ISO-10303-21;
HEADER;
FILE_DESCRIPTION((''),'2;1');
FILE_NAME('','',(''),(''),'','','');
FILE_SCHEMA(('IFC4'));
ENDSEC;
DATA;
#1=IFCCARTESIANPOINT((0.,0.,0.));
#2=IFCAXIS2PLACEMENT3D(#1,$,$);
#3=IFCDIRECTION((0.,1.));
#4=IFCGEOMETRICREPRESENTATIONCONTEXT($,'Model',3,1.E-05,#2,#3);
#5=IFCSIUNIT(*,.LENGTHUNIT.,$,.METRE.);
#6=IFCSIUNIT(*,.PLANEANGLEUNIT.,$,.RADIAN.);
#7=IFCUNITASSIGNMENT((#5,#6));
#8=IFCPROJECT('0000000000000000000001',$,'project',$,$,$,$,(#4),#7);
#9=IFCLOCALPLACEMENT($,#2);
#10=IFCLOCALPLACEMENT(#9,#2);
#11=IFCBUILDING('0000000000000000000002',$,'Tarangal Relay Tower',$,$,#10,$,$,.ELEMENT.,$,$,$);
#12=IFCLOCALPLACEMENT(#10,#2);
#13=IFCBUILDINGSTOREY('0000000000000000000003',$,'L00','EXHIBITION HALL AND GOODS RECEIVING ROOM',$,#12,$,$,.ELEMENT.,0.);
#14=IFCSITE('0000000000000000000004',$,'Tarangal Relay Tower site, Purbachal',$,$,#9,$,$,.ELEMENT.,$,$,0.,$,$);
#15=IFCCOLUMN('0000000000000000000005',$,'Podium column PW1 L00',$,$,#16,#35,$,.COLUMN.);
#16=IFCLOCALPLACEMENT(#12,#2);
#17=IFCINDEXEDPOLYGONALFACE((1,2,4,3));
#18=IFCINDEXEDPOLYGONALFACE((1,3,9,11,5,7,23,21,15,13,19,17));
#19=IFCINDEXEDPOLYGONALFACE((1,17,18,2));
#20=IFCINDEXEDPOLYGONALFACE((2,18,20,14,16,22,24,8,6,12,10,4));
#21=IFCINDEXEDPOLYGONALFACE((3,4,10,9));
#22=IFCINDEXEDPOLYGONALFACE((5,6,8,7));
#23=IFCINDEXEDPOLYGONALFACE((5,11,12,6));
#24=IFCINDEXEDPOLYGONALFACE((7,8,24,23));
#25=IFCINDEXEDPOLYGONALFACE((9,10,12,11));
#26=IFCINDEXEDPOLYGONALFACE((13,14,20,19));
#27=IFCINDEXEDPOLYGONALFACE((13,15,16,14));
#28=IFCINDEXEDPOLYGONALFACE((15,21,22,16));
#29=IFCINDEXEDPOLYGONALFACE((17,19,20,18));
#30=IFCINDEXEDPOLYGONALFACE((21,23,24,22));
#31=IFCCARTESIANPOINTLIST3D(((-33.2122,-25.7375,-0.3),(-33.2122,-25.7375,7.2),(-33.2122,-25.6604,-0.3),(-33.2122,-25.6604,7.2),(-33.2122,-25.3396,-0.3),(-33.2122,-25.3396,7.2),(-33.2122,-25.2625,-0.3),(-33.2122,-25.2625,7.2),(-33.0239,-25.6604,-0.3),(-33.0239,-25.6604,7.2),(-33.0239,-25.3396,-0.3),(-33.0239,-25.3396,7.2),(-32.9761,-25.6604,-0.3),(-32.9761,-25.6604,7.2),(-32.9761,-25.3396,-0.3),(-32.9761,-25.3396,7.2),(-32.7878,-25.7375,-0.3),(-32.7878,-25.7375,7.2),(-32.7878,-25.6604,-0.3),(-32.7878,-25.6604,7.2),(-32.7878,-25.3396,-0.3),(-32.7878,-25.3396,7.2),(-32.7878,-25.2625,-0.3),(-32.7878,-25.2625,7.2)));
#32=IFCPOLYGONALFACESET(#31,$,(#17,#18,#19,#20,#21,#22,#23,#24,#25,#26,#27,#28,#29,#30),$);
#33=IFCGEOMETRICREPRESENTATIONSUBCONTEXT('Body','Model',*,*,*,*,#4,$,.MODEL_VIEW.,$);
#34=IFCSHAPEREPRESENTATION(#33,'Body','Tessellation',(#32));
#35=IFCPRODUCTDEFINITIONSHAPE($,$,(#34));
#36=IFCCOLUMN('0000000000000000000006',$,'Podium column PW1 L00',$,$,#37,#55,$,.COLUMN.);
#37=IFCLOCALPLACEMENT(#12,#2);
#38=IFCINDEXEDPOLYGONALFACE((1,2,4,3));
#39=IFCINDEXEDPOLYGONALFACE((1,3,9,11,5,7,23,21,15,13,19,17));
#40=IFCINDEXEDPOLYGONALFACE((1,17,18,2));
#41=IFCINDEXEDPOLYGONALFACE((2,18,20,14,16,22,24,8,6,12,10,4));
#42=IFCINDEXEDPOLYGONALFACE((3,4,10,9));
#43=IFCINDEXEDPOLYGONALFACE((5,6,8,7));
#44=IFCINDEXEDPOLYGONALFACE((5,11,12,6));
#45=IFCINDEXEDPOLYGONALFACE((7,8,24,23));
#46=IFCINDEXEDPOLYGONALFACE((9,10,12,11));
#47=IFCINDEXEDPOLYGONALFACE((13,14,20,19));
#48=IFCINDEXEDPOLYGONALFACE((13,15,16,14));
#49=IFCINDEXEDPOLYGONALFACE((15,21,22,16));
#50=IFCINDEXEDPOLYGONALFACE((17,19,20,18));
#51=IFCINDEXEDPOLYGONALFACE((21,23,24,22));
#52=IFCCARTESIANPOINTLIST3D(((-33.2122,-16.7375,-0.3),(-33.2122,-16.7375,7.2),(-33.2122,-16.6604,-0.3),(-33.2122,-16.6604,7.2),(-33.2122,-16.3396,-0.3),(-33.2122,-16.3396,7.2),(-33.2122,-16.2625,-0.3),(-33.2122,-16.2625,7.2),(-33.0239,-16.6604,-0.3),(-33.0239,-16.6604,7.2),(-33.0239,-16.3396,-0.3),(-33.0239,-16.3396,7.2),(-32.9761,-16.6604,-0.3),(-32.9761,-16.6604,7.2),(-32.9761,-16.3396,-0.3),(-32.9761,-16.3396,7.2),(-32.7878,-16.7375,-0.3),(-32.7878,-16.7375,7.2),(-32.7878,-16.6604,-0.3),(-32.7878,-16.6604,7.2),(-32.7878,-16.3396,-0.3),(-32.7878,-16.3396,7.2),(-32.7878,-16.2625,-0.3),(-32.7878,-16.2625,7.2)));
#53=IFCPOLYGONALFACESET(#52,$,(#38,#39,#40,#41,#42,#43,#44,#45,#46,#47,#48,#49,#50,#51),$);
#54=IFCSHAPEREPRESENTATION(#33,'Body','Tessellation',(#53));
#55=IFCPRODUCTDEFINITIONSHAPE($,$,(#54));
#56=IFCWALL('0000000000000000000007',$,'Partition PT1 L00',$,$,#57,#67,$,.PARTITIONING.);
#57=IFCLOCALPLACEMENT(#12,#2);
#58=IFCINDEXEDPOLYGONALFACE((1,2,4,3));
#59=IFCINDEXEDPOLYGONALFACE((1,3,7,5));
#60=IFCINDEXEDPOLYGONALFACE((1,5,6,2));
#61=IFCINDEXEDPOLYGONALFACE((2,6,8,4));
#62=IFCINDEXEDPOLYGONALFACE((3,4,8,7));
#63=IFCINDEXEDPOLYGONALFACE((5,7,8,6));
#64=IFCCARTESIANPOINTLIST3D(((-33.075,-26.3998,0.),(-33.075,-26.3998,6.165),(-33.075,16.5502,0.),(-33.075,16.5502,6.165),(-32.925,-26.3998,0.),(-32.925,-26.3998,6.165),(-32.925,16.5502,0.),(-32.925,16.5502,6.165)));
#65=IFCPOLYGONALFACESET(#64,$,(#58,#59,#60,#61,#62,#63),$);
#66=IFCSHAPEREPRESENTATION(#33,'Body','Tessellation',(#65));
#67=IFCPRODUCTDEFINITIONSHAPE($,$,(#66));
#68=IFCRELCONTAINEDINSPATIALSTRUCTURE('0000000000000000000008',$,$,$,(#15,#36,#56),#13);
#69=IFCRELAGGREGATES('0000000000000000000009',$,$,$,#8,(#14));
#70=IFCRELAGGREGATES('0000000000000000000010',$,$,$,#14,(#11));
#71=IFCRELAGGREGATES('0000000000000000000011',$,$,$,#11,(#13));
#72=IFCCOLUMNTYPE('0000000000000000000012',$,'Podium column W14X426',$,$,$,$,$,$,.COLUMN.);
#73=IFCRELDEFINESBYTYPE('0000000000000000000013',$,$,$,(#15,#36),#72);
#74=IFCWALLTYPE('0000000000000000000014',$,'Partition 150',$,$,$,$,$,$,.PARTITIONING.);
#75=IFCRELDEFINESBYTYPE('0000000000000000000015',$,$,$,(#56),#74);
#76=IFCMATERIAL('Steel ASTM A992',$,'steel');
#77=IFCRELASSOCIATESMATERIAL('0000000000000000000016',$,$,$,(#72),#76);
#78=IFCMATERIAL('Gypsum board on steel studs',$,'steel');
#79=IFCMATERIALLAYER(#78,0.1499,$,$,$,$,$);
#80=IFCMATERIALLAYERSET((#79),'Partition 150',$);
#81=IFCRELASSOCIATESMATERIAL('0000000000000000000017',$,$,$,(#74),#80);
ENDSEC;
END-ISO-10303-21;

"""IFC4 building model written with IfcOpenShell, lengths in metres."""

from ifc_helpers import new_model, si_unit, direction, frame, frame_2d, origin, origin_2d, place, context, subcontext, project, spatial, rectangle, i_section, extrude, material, layer, layer_set, material_profile, profile_set, type_object, element, save


model = new_model("IFC4")

# Units and contexts
model_context = context("Model", 3, precision=1e-05, world=origin(), true_north=direction((0.0, 1.0)))
body_context = subcontext(model_context, "Body", "Model", "MODEL_VIEW")
ifc_project = project(units=[si_unit("LENGTHUNIT", "METRE"), si_unit("PLANEANGLEUNIT", "RADIAN")], contexts=[model_context])

# Site, building, storey
site_placement = place(None, origin())
site = spatial("IfcSite", under=ifc_project, at=site_placement, Name="Tarangal Relay Tower site, Purbachal", CompositionType="ELEMENT", RefElevation=0.0)
building_placement = place(site_placement, origin())
building = spatial("IfcBuilding", under=site, at=building_placement, Name="Tarangal Relay Tower", CompositionType="ELEMENT")
storey_placement = place(building_placement, origin())
storey = spatial("IfcBuildingStorey", under=building, at=storey_placement, Name="L00", Description="EXHIBITION HALL AND GOODS RECEIVING ROOM", CompositionType="ELEMENT", Elevation=0.0)

# Columns
ifc_material_1 = material(Name="Steel ASTM A992", Category="steel")
ifc_material_profile_1 = material_profile(ifc_material_1, i_section(OverallWidth=0.4243, OverallDepth=0.4751, WebThickness=0.0479, FlangeThickness=0.0771, at=origin_2d()), Name="W14X426")
ifc_profile_set_1 = profile_set([ifc_material_profile_1], Name="Steel ASTM A992")
column_type_1 = type_object("IfcColumnType", Name="Podium column W14X426", PredefinedType="COLUMN", material=ifc_profile_set_1)
for number, where, z_axis, x_axis, name in (
    (1, (-33.0, -25.5, -0.3), (0.0, 0.0, 1.0), (1.0, 0.0, 0.0), "Podium column PW1 L00"),
    (2, (-33.0, -16.5, -0.3), (0.0, 0.0, 1.0), (1.0, 0.0, 0.0), "Podium column PW1 L00"),
):
    element("IfcColumn", number, at=place(storey_placement, frame(where, z_axis=z_axis, x_axis=x_axis)), inside=storey, type_object=column_type_1, Name=name, PredefinedType="COLUMN", context=body_context, shape_type="SweptSolid", body=[
        extrude(i_section(OverallWidth=0.4243, OverallDepth=0.4751, WebThickness=0.0479, FlangeThickness=0.0771, at=origin_2d()), origin(), (0.0, 0.0, 1.0), 7.5),
    ])

# Wall
ifc_material_2 = material(Name="Gypsum board on steel studs", Category="steel")
ifc_layer_1 = layer(ifc_material_2, 0.1499)
ifc_layer_set_1 = layer_set([ifc_layer_1], Name="Partition 150")
wall_type_1 = type_object("IfcWallType", Name="Partition 150", PredefinedType="PARTITIONING", material=ifc_layer_set_1)
wall_1_placement = place(storey_placement, frame((-33.0, -26.3999, 0.0), z_axis=(0.0, 0.0, 1.0), x_axis=(0.0, 1.0, 0.0)))
element("IfcWall", 3, at=wall_1_placement, inside=storey, type_object=wall_type_1, Name="Partition PT1 L00", PredefinedType="PARTITIONING", context=body_context, shape_type="SweptSolid", body=[
    extrude(rectangle(XDim=42.95, YDim=0.1499, at=frame_2d((21.4751, 0.0))), origin(), (0.0, 0.0, 1.0), 6.165),
])

save(model, "model.ifc")
